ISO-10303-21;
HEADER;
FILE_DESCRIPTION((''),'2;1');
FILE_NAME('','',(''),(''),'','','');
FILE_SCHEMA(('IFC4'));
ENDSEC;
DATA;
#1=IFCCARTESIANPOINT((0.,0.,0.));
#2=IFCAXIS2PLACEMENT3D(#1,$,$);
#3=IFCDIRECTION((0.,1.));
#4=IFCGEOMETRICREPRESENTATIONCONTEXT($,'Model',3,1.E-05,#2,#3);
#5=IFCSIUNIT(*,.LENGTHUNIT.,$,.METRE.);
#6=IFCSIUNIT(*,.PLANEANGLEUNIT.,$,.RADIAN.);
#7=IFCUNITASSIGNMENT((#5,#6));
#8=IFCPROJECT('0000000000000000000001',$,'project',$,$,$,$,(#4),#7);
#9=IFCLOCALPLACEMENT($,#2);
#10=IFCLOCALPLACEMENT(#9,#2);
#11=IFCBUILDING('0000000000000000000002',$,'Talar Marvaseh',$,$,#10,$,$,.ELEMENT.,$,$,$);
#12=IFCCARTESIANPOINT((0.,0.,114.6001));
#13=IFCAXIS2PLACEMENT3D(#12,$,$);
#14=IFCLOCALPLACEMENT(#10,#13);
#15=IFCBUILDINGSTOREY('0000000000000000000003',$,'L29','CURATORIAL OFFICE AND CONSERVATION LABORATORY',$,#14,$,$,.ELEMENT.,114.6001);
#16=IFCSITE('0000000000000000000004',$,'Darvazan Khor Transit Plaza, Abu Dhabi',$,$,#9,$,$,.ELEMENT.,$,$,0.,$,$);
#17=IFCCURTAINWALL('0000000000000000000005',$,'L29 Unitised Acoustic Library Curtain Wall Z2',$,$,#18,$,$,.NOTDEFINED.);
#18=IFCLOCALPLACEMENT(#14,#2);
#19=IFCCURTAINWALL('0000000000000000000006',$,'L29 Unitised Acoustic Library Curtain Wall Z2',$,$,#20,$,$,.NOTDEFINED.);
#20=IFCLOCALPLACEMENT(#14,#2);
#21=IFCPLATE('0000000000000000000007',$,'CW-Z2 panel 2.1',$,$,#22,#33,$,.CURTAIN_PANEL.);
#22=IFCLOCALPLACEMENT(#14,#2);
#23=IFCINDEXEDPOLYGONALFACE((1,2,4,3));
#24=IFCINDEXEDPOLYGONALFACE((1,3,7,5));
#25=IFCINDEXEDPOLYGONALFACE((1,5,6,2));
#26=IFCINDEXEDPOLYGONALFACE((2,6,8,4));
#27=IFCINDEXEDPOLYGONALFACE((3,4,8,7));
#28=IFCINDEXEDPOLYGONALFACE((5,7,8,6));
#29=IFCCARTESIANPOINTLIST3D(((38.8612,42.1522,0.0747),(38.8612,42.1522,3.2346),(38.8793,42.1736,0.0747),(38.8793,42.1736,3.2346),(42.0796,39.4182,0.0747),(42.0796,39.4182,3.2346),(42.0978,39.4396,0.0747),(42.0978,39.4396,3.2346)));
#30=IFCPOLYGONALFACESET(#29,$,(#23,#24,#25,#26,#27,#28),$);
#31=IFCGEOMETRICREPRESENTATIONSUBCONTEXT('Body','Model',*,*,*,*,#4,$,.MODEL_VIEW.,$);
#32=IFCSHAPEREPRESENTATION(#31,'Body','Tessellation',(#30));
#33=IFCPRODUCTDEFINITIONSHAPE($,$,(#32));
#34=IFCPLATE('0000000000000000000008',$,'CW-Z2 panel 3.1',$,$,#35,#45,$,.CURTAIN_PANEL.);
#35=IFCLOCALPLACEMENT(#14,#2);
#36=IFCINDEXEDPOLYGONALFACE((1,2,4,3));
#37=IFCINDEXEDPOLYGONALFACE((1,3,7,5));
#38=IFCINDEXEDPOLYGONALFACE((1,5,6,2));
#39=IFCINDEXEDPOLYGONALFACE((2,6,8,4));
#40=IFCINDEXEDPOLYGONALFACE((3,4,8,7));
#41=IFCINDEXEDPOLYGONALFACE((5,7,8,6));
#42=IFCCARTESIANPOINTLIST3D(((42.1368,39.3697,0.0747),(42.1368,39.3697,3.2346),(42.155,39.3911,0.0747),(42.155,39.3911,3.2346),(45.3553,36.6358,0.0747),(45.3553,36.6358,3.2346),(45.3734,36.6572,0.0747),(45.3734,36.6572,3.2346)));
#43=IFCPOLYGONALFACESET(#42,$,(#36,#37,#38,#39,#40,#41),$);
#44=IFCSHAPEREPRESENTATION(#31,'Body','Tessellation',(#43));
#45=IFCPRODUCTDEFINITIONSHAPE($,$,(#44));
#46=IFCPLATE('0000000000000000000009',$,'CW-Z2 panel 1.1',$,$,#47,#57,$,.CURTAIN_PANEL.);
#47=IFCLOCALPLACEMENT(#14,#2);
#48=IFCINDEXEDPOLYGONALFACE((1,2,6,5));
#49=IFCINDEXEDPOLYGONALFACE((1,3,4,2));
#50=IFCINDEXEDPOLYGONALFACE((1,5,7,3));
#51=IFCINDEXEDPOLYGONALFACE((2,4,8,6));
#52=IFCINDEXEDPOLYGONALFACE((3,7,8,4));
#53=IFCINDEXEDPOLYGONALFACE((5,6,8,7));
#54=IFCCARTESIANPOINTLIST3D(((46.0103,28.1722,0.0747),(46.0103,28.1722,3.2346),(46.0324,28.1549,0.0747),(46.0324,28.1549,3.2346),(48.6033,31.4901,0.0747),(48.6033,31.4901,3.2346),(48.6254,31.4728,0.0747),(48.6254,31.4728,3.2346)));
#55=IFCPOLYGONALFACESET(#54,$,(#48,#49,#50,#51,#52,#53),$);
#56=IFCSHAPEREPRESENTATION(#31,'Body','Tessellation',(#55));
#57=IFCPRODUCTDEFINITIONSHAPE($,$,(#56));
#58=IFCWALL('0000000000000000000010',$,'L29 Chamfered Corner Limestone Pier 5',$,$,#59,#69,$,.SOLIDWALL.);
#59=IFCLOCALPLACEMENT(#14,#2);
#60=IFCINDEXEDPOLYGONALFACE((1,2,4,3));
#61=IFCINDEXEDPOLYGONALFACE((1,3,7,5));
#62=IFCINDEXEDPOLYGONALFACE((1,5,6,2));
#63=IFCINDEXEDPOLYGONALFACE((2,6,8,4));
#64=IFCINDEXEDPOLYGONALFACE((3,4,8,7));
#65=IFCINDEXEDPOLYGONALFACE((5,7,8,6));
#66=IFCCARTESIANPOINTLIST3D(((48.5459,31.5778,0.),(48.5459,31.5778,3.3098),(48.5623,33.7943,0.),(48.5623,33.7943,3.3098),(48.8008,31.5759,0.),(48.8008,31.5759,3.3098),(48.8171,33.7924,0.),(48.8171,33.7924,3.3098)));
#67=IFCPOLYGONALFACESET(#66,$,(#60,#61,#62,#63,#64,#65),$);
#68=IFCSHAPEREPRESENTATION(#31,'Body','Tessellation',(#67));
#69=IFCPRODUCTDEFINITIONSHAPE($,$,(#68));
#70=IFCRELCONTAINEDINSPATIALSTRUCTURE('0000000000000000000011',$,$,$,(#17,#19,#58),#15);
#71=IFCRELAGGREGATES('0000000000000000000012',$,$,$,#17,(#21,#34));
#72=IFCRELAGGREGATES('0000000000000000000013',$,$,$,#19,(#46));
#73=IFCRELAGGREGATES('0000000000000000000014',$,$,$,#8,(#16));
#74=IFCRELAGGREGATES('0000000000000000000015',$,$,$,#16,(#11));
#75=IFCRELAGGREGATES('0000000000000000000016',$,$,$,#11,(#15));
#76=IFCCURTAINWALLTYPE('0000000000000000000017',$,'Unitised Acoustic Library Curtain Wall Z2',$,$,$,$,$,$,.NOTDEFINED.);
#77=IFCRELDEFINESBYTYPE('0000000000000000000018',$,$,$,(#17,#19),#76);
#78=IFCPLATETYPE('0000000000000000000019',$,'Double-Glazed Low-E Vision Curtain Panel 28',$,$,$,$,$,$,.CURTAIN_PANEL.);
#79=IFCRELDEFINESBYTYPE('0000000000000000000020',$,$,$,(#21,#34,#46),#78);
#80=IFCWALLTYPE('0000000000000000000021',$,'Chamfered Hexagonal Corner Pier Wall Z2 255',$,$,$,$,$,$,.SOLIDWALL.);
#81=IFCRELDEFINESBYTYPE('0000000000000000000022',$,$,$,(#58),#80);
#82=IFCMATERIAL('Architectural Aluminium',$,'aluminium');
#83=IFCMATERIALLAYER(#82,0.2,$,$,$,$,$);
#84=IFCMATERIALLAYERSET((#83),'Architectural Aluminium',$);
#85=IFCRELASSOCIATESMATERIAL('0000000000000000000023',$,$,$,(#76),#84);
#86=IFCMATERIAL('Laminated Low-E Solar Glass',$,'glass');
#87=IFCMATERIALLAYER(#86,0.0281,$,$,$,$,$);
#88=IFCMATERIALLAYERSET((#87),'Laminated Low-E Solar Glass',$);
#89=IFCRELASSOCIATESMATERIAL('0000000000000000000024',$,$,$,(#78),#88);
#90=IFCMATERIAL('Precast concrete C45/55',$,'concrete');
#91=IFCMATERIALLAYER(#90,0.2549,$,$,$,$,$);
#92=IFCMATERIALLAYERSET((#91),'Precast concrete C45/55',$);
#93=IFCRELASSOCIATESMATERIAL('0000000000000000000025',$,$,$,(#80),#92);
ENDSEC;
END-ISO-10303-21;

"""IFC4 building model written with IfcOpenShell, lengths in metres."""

from ifc_helpers import new_model, si_unit, direction, frame, frame_2d, origin, origin_2d, place, context, subcontext, project, spatial, rectangle, extrude, source, transform, mapped, material, layer, layer_set, type_object, element, aggregate, save


model = new_model("IFC4")

# Units and contexts
model_context = context("Model", 3, precision=1e-05, world=origin(), true_north=direction((0.0, 1.0)))
body_context = subcontext(model_context, "Body", "Model", "MODEL_VIEW")
ifc_project = project(units=[si_unit("LENGTHUNIT", "METRE"), si_unit("PLANEANGLEUNIT", "RADIAN")], contexts=[model_context])

# Site, building, storey
site_placement = place(None, origin())
site = spatial("IfcSite", under=ifc_project, at=site_placement, Name="Darvazan Khor Transit Plaza, Abu Dhabi", CompositionType="ELEMENT", RefElevation=0.0)
building_placement = place(site_placement, origin())
building = spatial("IfcBuilding", under=site, at=building_placement, Name="Talar Marvaseh", CompositionType="ELEMENT")
storey_placement = place(building_placement, frame((0.0, 0.0, 114.6001)))
storey = spatial("IfcBuildingStorey", under=building, at=storey_placement, Name="L29", Description="CURATORIAL OFFICE AND CONSERVATION LABORATORY", CompositionType="ELEMENT", Elevation=114.6001)

# Curtain walls
ifc_material_1 = material(Name="Architectural Aluminium", Category="aluminium")
ifc_layer_1 = layer(ifc_material_1, 0.2)
ifc_layer_set_1 = layer_set([ifc_layer_1], Name="Architectural Aluminium")
curtain_wall_type = type_object("IfcCurtainWallType", Name="Unitised Acoustic Library Curtain Wall Z2", PredefinedType="NOTDEFINED", material=ifc_layer_set_1)
curtain_wall_1_placement = place(storey_placement, origin())
curtain_wall_1 = element("IfcCurtainWall", 1, at=curtain_wall_1_placement, inside=storey, type_object=curtain_wall_type, Name="L29 Unitised Acoustic Library Curtain Wall Z2", PredefinedType="NOTDEFINED")
curtain_wall_2_placement = place(storey_placement, origin())
curtain_wall_2 = element("IfcCurtainWall", 2, at=curtain_wall_2_placement, inside=storey, type_object=curtain_wall_type, Name="L29 Unitised Acoustic Library Curtain Wall Z2", PredefinedType="NOTDEFINED")

# Plates
ifc_material_2 = material(Name="Laminated Low-E Solar Glass", Category="glass")
ifc_layer_2 = layer(ifc_material_2, 0.0281)
ifc_layer_set_2 = layer_set([ifc_layer_2], Name="Laminated Low-E Solar Glass")
plate_type = type_object("IfcPlateType", Name="Double-Glazed Low-E Vision Curtain Panel 28", PredefinedType="CURTAIN_PANEL", material=ifc_layer_set_2)
shared_shape_1 = source(origin(), body_context, "Body", "SweptSolid", [
    extrude(rectangle(XDim=4.2229, YDim=0.0281, at=origin_2d()), origin(), (0.0, 0.0, 1.0), 3.1599),
])
plate_1_placement = place(storey_placement, frame((40.4795, 40.7959, 0.0747), z_axis=(0.0, 0.0, 1.0), x_axis=(0.762147, -0.647404, 0.0)))
plate_1 = element("IfcPlate", 3, at=plate_1_placement, type_object=plate_type, Name="CW-Z2 panel 2.1", PredefinedType="CURTAIN_PANEL", context=body_context, shape_type="MappedRepresentation", body=[
    mapped(shared_shape_1, transform((0.0, 0.0, 0.0), x_axis=(1.0, 0.0, 0.0), y_axis=(0.0, 1.0, 0.0), z_axis=(0.0, 0.0, 1.0), scale=1.0)),
])
plate_2_placement = place(storey_placement, frame((43.7551, 38.0134, 0.0747), z_axis=(0.0, 0.0, 1.0), x_axis=(0.762147, -0.647404, 0.0)))
plate_2 = element("IfcPlate", 4, at=plate_2_placement, type_object=plate_type, Name="CW-Z2 panel 3.1", PredefinedType="CURTAIN_PANEL", context=body_context, shape_type="MappedRepresentation", body=[
    mapped(shared_shape_1, transform((0.0, 0.0, 0.0), x_axis=(1.0, 0.0, 0.0), y_axis=(0.0, 1.0, 0.0), z_axis=(0.0, 0.0, 1.0), scale=1.0)),
])
aggregate(curtain_wall_1, [plate_1, plate_2])
shared_shape_2 = source(origin(), body_context, "Body", "SweptSolid", [
    extrude(rectangle(XDim=4.2109, YDim=0.0281, at=origin_2d()), origin(), (0.0, 0.0, 1.0), 3.1599),
])
plate_3_placement = place(storey_placement, frame((47.3179, 29.8225, 0.0747), z_axis=(0.0, 0.0, 1.0), x_axis=(-0.615783, -0.787916, 0.0)))
plate_3 = element("IfcPlate", 5, at=plate_3_placement, type_object=plate_type, Name="CW-Z2 panel 1.1", PredefinedType="CURTAIN_PANEL", context=body_context, shape_type="MappedRepresentation", body=[
    mapped(shared_shape_2, transform((0.0, 0.0, 0.0), x_axis=(1.0, 0.0, 0.0), y_axis=(0.0, 1.0, 0.0), z_axis=(0.0, 0.0, 1.0), scale=1.0)),
])
aggregate(curtain_wall_2, [plate_3])

# Wall
ifc_material_3 = material(Name="Precast concrete C45/55", Category="concrete")
ifc_layer_3 = layer(ifc_material_3, 0.2549)
ifc_layer_set_3 = layer_set([ifc_layer_3], Name="Precast concrete C45/55")
wall_type = type_object("IfcWallType", Name="Chamfered Hexagonal Corner Pier Wall Z2 255", PredefinedType="SOLIDWALL", material=ifc_layer_set_3)
wall_placement = place(storey_placement, frame((48.6897, 33.7935, 0.0), z_axis=(0.0, 0.0, 1.0), x_axis=(-0.007379, -0.999973, 0.0)))
element("IfcWall", 6, at=wall_placement, inside=storey, type_object=wall_type, Name="L29 Chamfered Corner Limestone Pier 5", PredefinedType="SOLIDWALL", context=body_context, shape_type="SweptSolid", body=[
    extrude(rectangle(XDim=2.2166, YDim=0.2549, at=frame_2d((1.1084, 0.0))), origin(), (0.0, 0.0, 1.0), 3.3098),
])

save(model, "model.ifc")
